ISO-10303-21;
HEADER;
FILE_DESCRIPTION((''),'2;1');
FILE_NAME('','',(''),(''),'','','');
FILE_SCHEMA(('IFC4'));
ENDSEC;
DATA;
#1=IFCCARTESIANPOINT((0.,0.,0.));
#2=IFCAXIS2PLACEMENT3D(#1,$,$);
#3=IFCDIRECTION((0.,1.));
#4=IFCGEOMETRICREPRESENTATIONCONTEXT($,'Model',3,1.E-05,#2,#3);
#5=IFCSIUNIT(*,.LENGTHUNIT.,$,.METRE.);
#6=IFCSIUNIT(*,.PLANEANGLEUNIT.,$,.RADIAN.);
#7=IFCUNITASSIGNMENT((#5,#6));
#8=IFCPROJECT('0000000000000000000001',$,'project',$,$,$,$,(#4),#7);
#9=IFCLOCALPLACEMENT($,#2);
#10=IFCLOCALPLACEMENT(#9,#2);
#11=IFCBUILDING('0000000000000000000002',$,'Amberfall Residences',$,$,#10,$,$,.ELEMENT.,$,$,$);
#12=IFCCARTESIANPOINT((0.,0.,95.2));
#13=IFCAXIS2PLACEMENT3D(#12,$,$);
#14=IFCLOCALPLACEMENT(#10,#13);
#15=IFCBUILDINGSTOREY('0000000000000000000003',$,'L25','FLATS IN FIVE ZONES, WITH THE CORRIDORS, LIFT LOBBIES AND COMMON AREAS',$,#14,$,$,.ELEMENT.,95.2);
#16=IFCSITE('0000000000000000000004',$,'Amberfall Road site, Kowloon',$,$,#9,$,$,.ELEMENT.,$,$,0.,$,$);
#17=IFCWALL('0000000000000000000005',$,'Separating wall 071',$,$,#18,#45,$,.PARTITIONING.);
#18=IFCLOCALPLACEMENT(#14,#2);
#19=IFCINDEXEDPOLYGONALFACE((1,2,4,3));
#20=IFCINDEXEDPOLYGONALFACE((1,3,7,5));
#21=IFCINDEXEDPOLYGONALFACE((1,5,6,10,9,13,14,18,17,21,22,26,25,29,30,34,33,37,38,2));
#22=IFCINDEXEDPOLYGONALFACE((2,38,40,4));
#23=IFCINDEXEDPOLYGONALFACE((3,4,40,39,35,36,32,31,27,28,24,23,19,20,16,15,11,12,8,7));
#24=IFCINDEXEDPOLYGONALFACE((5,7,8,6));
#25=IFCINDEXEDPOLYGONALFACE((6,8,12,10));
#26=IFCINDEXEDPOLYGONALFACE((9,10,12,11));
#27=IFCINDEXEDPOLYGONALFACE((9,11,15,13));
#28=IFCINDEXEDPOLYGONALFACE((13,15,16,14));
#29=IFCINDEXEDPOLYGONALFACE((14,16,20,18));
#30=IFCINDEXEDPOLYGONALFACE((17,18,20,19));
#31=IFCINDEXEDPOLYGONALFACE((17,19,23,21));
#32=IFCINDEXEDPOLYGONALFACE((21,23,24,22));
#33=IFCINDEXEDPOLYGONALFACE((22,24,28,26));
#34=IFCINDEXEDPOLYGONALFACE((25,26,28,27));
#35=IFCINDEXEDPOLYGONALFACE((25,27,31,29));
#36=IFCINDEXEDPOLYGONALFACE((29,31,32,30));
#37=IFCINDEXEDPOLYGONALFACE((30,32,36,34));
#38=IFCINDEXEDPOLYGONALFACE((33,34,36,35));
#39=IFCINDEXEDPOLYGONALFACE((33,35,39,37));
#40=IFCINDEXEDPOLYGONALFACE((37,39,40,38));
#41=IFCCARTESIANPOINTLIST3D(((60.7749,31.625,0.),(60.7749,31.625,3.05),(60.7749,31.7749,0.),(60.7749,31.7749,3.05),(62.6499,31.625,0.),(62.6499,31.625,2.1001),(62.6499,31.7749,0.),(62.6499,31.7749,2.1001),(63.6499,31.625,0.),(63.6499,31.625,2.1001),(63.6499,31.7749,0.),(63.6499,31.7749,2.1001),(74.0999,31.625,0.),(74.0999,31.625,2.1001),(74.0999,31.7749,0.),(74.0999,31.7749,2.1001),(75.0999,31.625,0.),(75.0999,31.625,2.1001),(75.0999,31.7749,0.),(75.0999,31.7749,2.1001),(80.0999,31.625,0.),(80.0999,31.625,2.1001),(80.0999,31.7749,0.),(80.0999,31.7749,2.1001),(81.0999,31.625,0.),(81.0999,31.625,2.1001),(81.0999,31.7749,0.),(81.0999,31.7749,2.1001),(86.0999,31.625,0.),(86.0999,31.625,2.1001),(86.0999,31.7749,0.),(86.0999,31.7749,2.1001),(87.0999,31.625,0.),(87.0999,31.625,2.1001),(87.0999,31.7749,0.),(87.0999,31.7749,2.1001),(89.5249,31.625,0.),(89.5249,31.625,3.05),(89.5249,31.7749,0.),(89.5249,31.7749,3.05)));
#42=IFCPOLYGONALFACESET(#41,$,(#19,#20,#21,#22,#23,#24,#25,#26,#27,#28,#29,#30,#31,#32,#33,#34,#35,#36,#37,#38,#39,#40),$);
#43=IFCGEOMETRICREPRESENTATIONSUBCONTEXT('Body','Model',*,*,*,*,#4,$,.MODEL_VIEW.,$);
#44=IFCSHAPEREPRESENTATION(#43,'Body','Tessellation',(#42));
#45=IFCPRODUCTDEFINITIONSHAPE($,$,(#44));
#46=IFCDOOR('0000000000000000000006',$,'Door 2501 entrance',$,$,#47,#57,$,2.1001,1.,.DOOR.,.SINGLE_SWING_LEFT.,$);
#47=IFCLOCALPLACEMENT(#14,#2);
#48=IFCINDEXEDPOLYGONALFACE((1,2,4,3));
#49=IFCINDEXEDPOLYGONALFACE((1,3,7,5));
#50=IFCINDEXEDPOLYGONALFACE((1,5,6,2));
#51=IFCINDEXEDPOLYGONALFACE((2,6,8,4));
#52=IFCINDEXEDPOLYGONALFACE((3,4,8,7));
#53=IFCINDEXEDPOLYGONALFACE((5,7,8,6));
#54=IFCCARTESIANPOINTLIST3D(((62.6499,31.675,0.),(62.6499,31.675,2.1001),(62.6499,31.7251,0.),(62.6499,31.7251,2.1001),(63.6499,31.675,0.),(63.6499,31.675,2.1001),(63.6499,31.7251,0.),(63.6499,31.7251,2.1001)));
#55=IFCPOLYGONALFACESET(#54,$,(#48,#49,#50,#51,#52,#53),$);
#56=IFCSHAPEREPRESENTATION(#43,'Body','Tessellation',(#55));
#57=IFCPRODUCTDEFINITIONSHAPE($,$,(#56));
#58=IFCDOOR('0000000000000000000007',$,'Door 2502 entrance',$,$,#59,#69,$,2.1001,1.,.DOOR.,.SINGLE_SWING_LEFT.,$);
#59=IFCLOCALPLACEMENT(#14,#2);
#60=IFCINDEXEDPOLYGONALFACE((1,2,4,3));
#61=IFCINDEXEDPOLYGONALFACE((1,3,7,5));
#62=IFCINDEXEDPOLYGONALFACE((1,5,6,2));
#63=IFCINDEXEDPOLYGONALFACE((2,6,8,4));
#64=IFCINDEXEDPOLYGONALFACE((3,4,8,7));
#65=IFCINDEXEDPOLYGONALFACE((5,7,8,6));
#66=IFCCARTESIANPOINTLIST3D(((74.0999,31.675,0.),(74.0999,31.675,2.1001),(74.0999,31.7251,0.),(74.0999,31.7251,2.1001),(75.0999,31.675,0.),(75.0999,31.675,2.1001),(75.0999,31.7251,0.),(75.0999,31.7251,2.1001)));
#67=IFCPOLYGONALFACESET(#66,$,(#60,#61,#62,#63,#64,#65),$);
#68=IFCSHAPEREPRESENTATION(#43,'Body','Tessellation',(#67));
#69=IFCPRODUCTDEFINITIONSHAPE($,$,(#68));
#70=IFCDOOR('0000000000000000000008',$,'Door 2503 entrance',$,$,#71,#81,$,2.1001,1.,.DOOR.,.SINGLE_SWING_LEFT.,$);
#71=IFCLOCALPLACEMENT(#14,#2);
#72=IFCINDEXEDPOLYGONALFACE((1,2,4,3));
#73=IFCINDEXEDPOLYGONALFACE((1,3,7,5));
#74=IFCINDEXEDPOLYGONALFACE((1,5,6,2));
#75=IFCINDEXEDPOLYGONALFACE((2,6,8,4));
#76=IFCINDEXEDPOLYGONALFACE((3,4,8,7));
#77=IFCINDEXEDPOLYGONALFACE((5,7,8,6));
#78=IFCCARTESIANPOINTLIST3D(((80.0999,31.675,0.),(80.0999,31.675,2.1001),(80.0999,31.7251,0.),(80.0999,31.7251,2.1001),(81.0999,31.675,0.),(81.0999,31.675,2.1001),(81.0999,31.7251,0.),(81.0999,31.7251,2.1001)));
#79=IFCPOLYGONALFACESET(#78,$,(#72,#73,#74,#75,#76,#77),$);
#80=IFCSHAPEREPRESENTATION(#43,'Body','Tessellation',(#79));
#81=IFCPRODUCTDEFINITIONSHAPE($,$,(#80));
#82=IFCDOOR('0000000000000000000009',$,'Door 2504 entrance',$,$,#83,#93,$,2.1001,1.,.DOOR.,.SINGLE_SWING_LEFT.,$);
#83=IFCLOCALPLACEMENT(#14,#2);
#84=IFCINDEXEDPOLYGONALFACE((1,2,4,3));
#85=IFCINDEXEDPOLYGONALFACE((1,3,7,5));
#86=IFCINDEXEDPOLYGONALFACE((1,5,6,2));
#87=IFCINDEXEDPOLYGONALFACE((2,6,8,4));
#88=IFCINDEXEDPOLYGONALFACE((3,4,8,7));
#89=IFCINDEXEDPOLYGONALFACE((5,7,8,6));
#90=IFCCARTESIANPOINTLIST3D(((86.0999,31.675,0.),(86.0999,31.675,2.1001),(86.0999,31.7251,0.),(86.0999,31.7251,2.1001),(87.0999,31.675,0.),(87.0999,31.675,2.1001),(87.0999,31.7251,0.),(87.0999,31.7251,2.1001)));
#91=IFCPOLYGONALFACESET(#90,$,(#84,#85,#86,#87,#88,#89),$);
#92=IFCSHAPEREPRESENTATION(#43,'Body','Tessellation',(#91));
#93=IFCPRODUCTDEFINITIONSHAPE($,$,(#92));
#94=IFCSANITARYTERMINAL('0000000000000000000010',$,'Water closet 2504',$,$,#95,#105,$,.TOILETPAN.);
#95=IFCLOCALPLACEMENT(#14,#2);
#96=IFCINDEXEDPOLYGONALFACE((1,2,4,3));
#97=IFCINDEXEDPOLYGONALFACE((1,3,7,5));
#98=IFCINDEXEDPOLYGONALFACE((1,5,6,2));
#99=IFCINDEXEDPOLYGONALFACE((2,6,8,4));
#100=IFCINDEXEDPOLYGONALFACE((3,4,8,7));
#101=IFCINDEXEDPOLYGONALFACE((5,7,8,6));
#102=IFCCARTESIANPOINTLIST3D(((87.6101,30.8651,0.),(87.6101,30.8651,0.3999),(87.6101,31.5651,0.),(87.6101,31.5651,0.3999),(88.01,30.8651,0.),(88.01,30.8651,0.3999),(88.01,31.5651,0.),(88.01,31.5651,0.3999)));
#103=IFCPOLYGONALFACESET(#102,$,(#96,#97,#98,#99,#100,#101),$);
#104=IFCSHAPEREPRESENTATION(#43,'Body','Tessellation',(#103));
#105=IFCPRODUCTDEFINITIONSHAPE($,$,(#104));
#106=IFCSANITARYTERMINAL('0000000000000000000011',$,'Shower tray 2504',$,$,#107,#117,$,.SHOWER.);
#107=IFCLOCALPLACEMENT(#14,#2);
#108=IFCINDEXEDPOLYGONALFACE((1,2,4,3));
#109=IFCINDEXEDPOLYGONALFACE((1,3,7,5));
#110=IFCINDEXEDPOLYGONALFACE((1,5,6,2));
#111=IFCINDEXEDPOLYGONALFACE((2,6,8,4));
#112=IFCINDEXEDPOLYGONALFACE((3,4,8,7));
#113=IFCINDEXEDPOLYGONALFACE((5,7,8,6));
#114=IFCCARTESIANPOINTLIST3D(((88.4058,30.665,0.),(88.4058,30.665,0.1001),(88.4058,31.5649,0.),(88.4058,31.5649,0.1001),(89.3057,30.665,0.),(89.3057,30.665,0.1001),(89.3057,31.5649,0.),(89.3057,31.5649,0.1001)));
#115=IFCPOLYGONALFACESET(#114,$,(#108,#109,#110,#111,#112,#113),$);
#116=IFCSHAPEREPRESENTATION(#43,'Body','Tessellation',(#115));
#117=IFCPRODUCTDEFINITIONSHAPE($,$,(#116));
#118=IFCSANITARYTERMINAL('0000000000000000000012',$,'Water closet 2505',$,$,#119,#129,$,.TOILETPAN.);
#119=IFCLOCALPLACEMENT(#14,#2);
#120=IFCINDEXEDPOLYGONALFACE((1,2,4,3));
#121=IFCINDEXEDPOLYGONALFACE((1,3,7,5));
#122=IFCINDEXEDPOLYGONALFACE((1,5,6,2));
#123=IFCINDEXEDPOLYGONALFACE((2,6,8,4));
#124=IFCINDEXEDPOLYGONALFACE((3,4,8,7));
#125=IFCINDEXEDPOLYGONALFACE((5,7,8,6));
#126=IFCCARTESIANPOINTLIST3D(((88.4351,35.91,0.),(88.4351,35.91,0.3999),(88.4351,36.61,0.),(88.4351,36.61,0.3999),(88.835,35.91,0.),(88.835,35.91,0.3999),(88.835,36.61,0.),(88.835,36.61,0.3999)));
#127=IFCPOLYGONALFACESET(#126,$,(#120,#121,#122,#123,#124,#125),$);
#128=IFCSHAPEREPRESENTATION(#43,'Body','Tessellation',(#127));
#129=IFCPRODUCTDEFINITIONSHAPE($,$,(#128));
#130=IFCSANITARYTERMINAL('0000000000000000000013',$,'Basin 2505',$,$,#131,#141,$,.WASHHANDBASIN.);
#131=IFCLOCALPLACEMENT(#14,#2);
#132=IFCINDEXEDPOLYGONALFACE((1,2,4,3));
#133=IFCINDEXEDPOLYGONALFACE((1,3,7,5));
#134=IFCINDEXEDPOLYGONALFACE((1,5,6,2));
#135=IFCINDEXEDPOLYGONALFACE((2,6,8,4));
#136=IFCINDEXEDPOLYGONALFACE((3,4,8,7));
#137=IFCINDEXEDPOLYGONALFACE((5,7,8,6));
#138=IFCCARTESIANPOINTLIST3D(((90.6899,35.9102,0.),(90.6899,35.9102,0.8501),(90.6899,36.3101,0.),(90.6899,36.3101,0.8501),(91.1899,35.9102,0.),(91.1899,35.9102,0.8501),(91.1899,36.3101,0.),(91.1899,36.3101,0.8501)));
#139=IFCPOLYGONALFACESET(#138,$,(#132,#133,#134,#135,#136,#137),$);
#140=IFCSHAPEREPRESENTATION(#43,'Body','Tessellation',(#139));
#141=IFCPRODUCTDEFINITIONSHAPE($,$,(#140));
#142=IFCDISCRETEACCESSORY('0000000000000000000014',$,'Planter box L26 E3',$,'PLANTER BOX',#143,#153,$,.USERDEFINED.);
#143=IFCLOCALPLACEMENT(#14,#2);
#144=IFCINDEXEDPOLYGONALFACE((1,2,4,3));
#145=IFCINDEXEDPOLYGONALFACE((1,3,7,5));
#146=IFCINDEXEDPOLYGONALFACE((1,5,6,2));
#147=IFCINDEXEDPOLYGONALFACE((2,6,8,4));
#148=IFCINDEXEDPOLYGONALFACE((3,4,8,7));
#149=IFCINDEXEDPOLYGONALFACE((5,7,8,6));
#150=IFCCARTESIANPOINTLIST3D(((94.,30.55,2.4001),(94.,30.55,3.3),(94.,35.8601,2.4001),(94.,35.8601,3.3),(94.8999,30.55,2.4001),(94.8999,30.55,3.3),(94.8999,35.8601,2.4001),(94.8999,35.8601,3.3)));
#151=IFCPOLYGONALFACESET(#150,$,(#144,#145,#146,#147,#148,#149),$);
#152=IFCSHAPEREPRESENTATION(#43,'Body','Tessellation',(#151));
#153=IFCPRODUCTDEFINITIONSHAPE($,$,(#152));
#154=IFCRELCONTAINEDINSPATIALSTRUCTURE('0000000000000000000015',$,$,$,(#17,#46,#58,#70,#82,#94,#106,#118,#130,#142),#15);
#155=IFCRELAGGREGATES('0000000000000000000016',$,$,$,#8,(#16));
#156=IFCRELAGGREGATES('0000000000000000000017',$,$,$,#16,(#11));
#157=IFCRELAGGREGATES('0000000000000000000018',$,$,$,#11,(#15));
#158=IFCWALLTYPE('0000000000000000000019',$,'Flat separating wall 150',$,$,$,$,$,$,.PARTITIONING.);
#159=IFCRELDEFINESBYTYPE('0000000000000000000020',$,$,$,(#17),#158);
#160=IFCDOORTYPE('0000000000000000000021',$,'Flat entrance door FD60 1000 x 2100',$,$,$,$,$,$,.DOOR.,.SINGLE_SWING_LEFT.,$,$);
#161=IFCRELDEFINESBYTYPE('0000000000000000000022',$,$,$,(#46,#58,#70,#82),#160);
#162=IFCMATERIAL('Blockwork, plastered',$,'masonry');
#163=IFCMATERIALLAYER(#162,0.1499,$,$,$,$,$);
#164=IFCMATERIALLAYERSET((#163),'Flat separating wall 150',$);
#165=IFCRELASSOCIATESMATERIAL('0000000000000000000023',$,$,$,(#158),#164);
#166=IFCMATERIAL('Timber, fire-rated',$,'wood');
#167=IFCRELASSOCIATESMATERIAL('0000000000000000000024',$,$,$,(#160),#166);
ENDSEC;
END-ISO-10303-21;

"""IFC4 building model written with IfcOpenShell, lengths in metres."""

from ifc_helpers import new_model, si_unit, direction, frame, frame_2d, origin, origin_2d, place, context, subcontext, project, spatial, rectangle, extrude, material, layer, layer_set, type_object, element, fill, save


model = new_model("IFC4")

# Units and contexts
model_context = context("Model", 3, precision=1e-05, world=origin(), true_north=direction((0.0, 1.0)))
body_context = subcontext(model_context, "Body", "Model", "MODEL_VIEW")
ifc_project = project(units=[si_unit("LENGTHUNIT", "METRE"), si_unit("PLANEANGLEUNIT", "RADIAN")], contexts=[model_context])

# Site, building, storey
site_placement = place(None, origin())
site = spatial("IfcSite", under=ifc_project, at=site_placement, Name="Amberfall Road site, Kowloon", CompositionType="ELEMENT", RefElevation=0.0)
building_placement = place(site_placement, origin())
building = spatial("IfcBuilding", under=site, at=building_placement, Name="Amberfall Residences", CompositionType="ELEMENT")
storey_placement = place(building_placement, frame((0.0, 0.0, 95.2)))
storey = spatial("IfcBuildingStorey", under=building, at=storey_placement, Name="L25", Description="FLATS IN FIVE ZONES, WITH THE CORRIDORS, LIFT LOBBIES AND COMMON AREAS", CompositionType="ELEMENT", Elevation=95.2)

# Wall, openings, doors
ifc_material_1 = material(Name="Blockwork, plastered", Category="masonry")
ifc_layer_1 = layer(ifc_material_1, 0.1499)
ifc_layer_set_1 = layer_set([ifc_layer_1], Name="Flat separating wall 150")
wall_type_1 = type_object("IfcWallType", Name="Flat separating wall 150", PredefinedType="PARTITIONING", material=ifc_layer_set_1)
wall_1_placement = place(storey_placement, frame((89.5249, 31.7, 0.0), z_axis=(0.0, 0.0, 1.0), x_axis=(-1.0, 0.0, 0.0)))
wall_1 = element("IfcWall", 1, at=wall_1_placement, inside=storey, type_object=wall_type_1, Name="Separating wall 071", PredefinedType="PARTITIONING", context=body_context, shape_type="SweptSolid", body=[
    extrude(rectangle(XDim=28.75, YDim=0.1499, at=frame_2d((14.375, 0.0))), origin(), (0.0, 0.0, 1.0), 3.05),
])
opening_1_placement = place(wall_1_placement, frame((25.875, 0.0, 0.0)))
opening_1 = element("IfcOpeningElement", 2, at=opening_1_placement, cuts=wall_1, PredefinedType="OPENING", context=body_context, shape_type="SweptSolid", body=[
    extrude(rectangle(XDim=1.0, YDim=2.1001, at=frame_2d((0.5, 1.05))), frame((0.0, 0.085, 0.0), z_axis=(0.0, -1.0, 0.0), x_axis=(1.0, 0.0, 0.0)), (0.0, 0.0, 1.0), 0.1699),
])
opening_2_placement = place(wall_1_placement, frame((14.425, 0.0, 0.0)))
opening_2 = element("IfcOpeningElement", 3, at=opening_2_placement, cuts=wall_1, PredefinedType="OPENING", context=body_context, shape_type="SweptSolid", body=[
    extrude(rectangle(XDim=1.0, YDim=2.1001, at=frame_2d((0.5, 1.05))), frame((0.0, 0.085, 0.0), z_axis=(0.0, -1.0, 0.0), x_axis=(1.0, 0.0, 0.0)), (0.0, 0.0, 1.0), 0.1699),
])
opening_3_placement = place(wall_1_placement, frame((8.425, 0.0, 0.0)))
opening_3 = element("IfcOpeningElement", 4, at=opening_3_placement, cuts=wall_1, PredefinedType="OPENING", context=body_context, shape_type="SweptSolid", body=[
    extrude(rectangle(XDim=1.0, YDim=2.1001, at=frame_2d((0.5, 1.05))), frame((0.0, 0.085, 0.0), z_axis=(0.0, -1.0, 0.0), x_axis=(1.0, 0.0, 0.0)), (0.0, 0.0, 1.0), 0.1699),
])
opening_4_placement = place(wall_1_placement, frame((2.425, 0.0, 0.0)))
opening_4 = element("IfcOpeningElement", 5, at=opening_4_placement, cuts=wall_1, PredefinedType="OPENING", context=body_context, shape_type="SweptSolid", body=[
    extrude(rectangle(XDim=1.0, YDim=2.1001, at=frame_2d((0.5, 1.05))), frame((0.0, 0.085, 0.0), z_axis=(0.0, -1.0, 0.0), x_axis=(1.0, 0.0, 0.0)), (0.0, 0.0, 1.0), 0.1699),
])
ifc_material_2 = material(Name="Timber, fire-rated", Category="wood")
door_type_1 = type_object("IfcDoorType", Name="Flat entrance door FD60 1000 x 2100", OperationType="SINGLE_SWING_LEFT", PredefinedType="DOOR", material=ifc_material_2)
door_1_placement = place(opening_1_placement, origin())
door_1 = element("IfcDoor", 6, at=door_1_placement, inside=storey, type_object=door_type_1, Name="Door 2501 entrance", OperationType="SINGLE_SWING_LEFT", OverallHeight=2.1001, OverallWidth=1.0, PredefinedType="DOOR", context=body_context, shape_type="SweptSolid", body=[
    extrude(rectangle(XDim=1.0, YDim=2.1001, at=frame_2d((0.5, 1.05))), frame((0.0, 0.0249, 0.0), z_axis=(0.0, -1.0, 0.0), x_axis=(1.0, 0.0, 0.0)), (0.0, 0.0, 1.0), 0.05),
])
fill(opening_1, door_1)
door_2_placement = place(opening_2_placement, origin())
door_2 = element("IfcDoor", 7, at=door_2_placement, inside=storey, type_object=door_type_1, Name="Door 2502 entrance", OperationType="SINGLE_SWING_LEFT", OverallHeight=2.1001, OverallWidth=1.0, PredefinedType="DOOR", context=body_context, shape_type="SweptSolid", body=[
    extrude(rectangle(XDim=1.0, YDim=2.1001, at=frame_2d((0.5, 1.05))), frame((0.0, 0.0249, 0.0), z_axis=(0.0, -1.0, 0.0), x_axis=(1.0, 0.0, 0.0)), (0.0, 0.0, 1.0), 0.05),
])
fill(opening_2, door_2)
door_3_placement = place(opening_3_placement, origin())
door_3 = element("IfcDoor", 8, at=door_3_placement, inside=storey, type_object=door_type_1, Name="Door 2503 entrance", OperationType="SINGLE_SWING_LEFT", OverallHeight=2.1001, OverallWidth=1.0, PredefinedType="DOOR", context=body_context, shape_type="SweptSolid", body=[
    extrude(rectangle(XDim=1.0, YDim=2.1001, at=frame_2d((0.5, 1.05))), frame((0.0, 0.0249, 0.0), z_axis=(0.0, -1.0, 0.0), x_axis=(1.0, 0.0, 0.0)), (0.0, 0.0, 1.0), 0.05),
])
fill(opening_3, door_3)
door_4_placement = place(opening_4_placement, origin())
door_4 = element("IfcDoor", 9, at=door_4_placement, inside=storey, type_object=door_type_1, Name="Door 2504 entrance", OperationType="SINGLE_SWING_LEFT", OverallHeight=2.1001, OverallWidth=1.0, PredefinedType="DOOR", context=body_context, shape_type="SweptSolid", body=[
    extrude(rectangle(XDim=1.0, YDim=2.1001, at=frame_2d((0.5, 1.05))), frame((0.0, 0.0249, 0.0), z_axis=(0.0, -1.0, 0.0), x_axis=(1.0, 0.0, 0.0)), (0.0, 0.0, 1.0), 0.05),
])
fill(opening_4, door_4)

# Sanitary terminals
sanitary_terminal_1_placement = place(storey_placement, frame((87.8101, 31.2151, 0.0), z_axis=(0.0, 0.0, 1.0), x_axis=(1.0, 0.0, 0.0)))
element("IfcSanitaryTerminal", 10, at=sanitary_terminal_1_placement, inside=storey, Name="Water closet 2504", PredefinedType="TOILETPAN", context=body_context, shape_type="SweptSolid", body=[
    extrude(rectangle(XDim=0.3999, YDim=0.7, at=origin_2d()), origin(), (0.0, 0.0, 1.0), 0.3999),
])
sanitary_terminal_2_placement = place(storey_placement, frame((88.8557, 31.115, 0.0), z_axis=(0.0, 0.0, 1.0), x_axis=(1.0, 0.0, 0.0)))
element("IfcSanitaryTerminal", 11, at=sanitary_terminal_2_placement, inside=storey, Name="Shower tray 2504", PredefinedType="SHOWER", context=body_context, shape_type="SweptSolid", body=[
    extrude(rectangle(XDim=0.8999, YDim=0.8999, at=origin_2d()), origin(), (0.0, 0.0, 1.0), 0.1001),
])
sanitary_terminal_3_placement = place(storey_placement, frame((88.635, 36.26, 0.0), z_axis=(0.0, 0.0, 1.0), x_axis=(1.0, 0.0, 0.0)))
element("IfcSanitaryTerminal", 12, at=sanitary_terminal_3_placement, inside=storey, Name="Water closet 2505", PredefinedType="TOILETPAN", context=body_context, shape_type="SweptSolid", body=[
    extrude(rectangle(XDim=0.3999, YDim=0.7, at=origin_2d()), origin(), (0.0, 0.0, 1.0), 0.3999),
])
sanitary_terminal_4_placement = place(storey_placement, frame((90.9399, 36.1101, 0.0), z_axis=(0.0, 0.0, 1.0), x_axis=(1.0, 0.0, 0.0)))
element("IfcSanitaryTerminal", 13, at=sanitary_terminal_4_placement, inside=storey, Name="Basin 2505", PredefinedType="WASHHANDBASIN", context=body_context, shape_type="SweptSolid", body=[
    extrude(rectangle(XDim=0.5, YDim=0.3999, at=origin_2d()), origin(), (0.0, 0.0, 1.0), 0.8501),
])

# Discrete accessory
discrete_accessory_placement = place(storey_placement, frame((94.45, 33.2051, 2.4001), z_axis=(0.0, 0.0, 1.0), x_axis=(0.0, 1.0, 0.0)))
element("IfcDiscreteAccessory", 14, at=discrete_accessory_placement, inside=storey, Name="Planter box L26 E3", ObjectType="PLANTER BOX", PredefinedType="USERDEFINED", context=body_context, shape_type="SweptSolid", body=[
    extrude(rectangle(XDim=5.3101, YDim=0.8999, at=origin_2d()), origin(), (0.0, 0.0, 1.0), 0.8999),
])

save(model, "model.ifc")
